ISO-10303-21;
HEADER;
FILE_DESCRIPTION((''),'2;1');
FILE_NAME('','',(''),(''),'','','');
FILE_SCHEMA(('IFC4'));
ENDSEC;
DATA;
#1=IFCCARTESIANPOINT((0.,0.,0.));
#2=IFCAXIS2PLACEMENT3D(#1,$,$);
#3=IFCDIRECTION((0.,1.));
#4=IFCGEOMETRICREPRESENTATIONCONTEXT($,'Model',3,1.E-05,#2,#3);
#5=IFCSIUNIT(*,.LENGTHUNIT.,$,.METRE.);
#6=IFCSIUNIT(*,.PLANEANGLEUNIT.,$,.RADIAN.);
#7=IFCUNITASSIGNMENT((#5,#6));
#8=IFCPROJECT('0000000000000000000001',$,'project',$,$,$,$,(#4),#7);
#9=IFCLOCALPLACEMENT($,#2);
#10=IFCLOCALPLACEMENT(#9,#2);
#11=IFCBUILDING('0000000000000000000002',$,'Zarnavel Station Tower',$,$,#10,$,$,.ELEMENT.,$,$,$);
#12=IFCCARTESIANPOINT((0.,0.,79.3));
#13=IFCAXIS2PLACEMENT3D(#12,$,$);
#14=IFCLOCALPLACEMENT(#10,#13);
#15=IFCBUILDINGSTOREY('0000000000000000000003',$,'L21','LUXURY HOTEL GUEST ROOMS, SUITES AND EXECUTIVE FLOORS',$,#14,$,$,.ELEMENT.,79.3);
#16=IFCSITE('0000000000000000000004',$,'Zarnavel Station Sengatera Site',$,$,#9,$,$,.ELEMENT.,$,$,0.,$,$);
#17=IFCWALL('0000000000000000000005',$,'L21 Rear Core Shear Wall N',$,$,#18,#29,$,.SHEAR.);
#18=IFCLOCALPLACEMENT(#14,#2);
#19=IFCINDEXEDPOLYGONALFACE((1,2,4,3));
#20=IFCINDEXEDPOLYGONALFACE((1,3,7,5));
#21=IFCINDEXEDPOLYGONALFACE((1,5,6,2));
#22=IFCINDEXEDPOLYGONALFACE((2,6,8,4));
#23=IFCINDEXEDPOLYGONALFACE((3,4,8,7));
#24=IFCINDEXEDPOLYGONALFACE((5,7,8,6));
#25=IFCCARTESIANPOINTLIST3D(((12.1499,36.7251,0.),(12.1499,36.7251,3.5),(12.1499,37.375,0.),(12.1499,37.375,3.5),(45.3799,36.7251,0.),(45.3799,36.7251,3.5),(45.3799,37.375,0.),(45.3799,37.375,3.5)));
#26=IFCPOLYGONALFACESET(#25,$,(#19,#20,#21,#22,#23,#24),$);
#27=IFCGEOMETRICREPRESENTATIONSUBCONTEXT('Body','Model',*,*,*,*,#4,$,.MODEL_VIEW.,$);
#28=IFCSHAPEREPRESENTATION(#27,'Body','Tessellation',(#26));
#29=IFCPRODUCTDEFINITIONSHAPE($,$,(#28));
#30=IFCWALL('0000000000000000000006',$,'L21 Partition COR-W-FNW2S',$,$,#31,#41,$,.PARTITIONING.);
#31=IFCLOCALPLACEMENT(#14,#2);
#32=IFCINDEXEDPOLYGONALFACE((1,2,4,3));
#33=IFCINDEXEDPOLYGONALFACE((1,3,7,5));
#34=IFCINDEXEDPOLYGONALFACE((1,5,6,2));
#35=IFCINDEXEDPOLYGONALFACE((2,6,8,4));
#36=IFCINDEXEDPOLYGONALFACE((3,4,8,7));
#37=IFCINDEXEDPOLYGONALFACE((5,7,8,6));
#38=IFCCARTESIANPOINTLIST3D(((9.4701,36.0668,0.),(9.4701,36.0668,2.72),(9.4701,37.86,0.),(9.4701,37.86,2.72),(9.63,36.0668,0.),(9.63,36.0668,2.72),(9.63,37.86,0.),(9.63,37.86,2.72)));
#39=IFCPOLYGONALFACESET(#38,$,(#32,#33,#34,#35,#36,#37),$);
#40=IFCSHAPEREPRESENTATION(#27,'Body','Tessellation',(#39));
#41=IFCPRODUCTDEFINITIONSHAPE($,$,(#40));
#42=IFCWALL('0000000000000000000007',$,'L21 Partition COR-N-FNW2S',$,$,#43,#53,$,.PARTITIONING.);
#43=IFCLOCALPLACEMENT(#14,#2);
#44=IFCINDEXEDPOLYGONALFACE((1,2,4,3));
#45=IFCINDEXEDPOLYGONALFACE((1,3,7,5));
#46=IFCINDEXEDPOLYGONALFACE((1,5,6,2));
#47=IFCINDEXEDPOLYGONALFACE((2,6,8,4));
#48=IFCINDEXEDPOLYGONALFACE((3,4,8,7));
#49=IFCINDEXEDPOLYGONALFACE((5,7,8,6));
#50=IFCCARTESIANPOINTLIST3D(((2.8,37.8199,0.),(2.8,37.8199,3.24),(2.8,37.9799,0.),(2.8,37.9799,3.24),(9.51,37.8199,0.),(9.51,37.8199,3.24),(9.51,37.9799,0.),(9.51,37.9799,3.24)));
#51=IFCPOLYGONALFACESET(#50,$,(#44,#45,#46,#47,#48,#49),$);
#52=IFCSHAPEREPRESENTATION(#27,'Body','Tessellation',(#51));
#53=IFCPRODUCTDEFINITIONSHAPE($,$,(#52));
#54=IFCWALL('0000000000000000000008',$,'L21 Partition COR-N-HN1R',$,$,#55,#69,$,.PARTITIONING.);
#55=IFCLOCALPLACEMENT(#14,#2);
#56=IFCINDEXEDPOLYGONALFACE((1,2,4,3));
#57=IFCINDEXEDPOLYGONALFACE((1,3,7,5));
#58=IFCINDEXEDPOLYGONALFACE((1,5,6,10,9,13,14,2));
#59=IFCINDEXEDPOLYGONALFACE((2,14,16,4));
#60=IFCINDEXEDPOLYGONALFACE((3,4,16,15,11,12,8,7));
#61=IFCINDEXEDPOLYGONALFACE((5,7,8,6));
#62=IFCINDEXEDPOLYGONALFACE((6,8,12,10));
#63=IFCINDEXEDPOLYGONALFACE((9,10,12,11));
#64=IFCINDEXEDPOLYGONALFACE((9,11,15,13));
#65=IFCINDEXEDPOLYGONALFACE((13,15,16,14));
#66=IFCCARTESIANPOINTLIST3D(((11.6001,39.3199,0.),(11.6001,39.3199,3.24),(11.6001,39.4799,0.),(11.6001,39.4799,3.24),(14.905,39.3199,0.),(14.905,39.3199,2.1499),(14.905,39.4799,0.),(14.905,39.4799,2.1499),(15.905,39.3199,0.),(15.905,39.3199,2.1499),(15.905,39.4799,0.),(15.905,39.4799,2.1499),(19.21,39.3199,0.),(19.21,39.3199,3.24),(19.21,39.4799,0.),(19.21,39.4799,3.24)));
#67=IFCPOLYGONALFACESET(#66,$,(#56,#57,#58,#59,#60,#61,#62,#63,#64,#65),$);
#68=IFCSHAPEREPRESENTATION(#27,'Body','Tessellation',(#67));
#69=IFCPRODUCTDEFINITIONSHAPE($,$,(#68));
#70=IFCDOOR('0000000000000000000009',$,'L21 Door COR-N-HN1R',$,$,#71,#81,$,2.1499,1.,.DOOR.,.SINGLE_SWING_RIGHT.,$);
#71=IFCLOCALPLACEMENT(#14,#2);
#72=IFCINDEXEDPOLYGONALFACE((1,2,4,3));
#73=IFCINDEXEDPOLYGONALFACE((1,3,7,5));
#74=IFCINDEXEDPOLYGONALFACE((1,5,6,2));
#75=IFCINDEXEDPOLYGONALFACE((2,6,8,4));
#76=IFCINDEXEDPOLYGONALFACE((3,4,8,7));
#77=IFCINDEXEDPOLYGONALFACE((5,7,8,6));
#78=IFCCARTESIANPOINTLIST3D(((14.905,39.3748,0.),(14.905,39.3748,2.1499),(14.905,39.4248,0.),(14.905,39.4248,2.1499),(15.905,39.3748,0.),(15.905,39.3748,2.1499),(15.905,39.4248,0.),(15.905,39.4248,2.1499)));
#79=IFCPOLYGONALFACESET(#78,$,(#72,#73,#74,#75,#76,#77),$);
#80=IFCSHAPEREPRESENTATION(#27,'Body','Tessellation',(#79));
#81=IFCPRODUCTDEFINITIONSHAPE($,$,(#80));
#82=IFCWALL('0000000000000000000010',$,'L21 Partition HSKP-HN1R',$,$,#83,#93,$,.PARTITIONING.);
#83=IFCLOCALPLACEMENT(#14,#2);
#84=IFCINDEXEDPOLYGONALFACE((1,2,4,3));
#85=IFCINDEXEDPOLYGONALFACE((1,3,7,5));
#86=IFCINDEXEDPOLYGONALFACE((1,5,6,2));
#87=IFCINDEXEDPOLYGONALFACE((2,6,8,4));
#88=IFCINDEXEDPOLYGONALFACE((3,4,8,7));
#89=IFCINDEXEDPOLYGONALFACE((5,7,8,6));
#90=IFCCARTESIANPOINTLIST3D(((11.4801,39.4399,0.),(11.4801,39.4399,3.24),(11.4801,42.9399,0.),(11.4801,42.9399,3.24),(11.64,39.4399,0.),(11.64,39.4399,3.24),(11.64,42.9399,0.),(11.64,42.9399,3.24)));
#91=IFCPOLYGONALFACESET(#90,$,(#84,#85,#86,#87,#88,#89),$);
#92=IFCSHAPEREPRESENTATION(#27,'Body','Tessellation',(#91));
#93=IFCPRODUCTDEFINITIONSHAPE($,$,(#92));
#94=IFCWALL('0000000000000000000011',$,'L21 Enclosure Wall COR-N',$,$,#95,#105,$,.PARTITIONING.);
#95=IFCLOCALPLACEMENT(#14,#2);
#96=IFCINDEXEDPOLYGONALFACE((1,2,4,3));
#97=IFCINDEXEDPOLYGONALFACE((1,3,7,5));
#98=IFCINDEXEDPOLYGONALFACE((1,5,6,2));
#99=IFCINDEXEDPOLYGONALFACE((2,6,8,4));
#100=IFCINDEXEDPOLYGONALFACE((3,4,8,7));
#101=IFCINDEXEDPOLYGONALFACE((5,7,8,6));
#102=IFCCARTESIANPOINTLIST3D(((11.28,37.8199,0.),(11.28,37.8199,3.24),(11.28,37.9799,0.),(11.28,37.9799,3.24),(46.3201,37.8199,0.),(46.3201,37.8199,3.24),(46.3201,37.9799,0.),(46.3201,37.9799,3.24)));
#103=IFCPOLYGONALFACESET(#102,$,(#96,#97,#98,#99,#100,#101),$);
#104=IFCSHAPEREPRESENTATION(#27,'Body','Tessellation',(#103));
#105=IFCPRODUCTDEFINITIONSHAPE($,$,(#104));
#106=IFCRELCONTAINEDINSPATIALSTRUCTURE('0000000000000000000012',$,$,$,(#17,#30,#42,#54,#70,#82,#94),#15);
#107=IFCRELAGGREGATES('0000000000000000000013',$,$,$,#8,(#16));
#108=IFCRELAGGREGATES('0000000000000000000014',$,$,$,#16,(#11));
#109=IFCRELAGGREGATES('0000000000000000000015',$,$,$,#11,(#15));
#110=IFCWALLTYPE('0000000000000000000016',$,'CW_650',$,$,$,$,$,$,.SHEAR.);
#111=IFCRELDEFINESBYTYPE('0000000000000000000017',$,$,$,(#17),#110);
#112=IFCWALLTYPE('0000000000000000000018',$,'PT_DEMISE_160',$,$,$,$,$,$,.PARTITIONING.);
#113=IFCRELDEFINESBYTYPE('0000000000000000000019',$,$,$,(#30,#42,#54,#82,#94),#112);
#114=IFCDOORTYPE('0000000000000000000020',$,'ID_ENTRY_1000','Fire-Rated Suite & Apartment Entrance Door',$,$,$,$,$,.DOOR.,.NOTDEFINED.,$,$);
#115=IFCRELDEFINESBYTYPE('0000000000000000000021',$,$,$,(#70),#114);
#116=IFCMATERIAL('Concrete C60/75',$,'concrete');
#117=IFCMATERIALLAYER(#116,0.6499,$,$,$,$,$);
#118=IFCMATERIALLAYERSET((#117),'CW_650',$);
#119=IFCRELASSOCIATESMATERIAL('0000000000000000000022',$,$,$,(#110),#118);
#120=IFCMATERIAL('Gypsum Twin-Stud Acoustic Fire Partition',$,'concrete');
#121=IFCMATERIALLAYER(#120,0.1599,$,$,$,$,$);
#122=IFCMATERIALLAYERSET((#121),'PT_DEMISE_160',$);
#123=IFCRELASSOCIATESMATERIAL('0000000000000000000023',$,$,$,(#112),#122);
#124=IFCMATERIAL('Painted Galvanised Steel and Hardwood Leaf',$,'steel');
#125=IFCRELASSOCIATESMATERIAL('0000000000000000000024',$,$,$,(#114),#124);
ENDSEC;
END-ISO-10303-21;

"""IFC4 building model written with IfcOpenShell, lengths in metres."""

from ifc_helpers import new_model, si_unit, direction, frame, frame_2d, origin, place, context, subcontext, project, spatial, rectangle, extrude, material, layer, layer_set, type_object, element, fill, save


model = new_model("IFC4")

# Units and contexts
model_context = context("Model", 3, precision=1e-05, world=origin(), true_north=direction((0.0, 1.0)))
body_context = subcontext(model_context, "Body", "Model", "MODEL_VIEW")
ifc_project = project(units=[si_unit("LENGTHUNIT", "METRE"), si_unit("PLANEANGLEUNIT", "RADIAN")], contexts=[model_context])

# Site, building, storey
site_placement = place(None, origin())
site = spatial("IfcSite", under=ifc_project, at=site_placement, Name="Zarnavel Station Sengatera Site", CompositionType="ELEMENT", RefElevation=0.0)
building_placement = place(site_placement, origin())
building = spatial("IfcBuilding", under=site, at=building_placement, Name="Zarnavel Station Tower", CompositionType="ELEMENT")
storey_placement = place(building_placement, frame((0.0, 0.0, 79.3)))
storey = spatial("IfcBuildingStorey", under=building, at=storey_placement, Name="L21", Description="LUXURY HOTEL GUEST ROOMS, SUITES AND EXECUTIVE FLOORS", CompositionType="ELEMENT", Elevation=79.3)

# Wall
ifc_material_1 = material(Name="Concrete C60/75", Category="concrete")
ifc_layer_1 = layer(ifc_material_1, 0.6499)
ifc_layer_set_1 = layer_set([ifc_layer_1], Name="CW_650")
wall_type_1 = type_object("IfcWallType", Name="CW_650", PredefinedType="SHEAR", material=ifc_layer_set_1)
wall_1_placement = place(storey_placement, frame((12.1499, 37.05, 0.0), z_axis=(0.0, 0.0, 1.0), x_axis=(1.0, 0.0, 0.0)))
element("IfcWall", 1, at=wall_1_placement, inside=storey, type_object=wall_type_1, Name="L21 Rear Core Shear Wall N", PredefinedType="SHEAR", context=body_context, shape_type="SweptSolid", body=[
    extrude(rectangle(XDim=33.23, YDim=0.6499, at=frame_2d((16.615, 0.0))), origin(), (0.0, 0.0, 1.0), 3.5),
])

# Walls
ifc_material_2 = material(Name="Gypsum Twin-Stud Acoustic Fire Partition", Category="concrete")
ifc_layer_2 = layer(ifc_material_2, 0.1599)
ifc_layer_set_2 = layer_set([ifc_layer_2], Name="PT_DEMISE_160")
wall_type_2 = type_object("IfcWallType", Name="PT_DEMISE_160", PredefinedType="PARTITIONING", material=ifc_layer_set_2)
wall_2_placement = place(storey_placement, frame((9.55, 36.0669, 0.0), z_axis=(0.0, 0.0, 1.0), x_axis=(0.0, 1.0, 0.0)))
element("IfcWall", 2, at=wall_2_placement, inside=storey, type_object=wall_type_2, Name="L21 Partition COR-W-FNW2S", PredefinedType="PARTITIONING", context=body_context, shape_type="SweptSolid", body=[
    extrude(rectangle(XDim=1.7932, YDim=0.1599, at=frame_2d((0.8965, 0.0))), origin(), (0.0, 0.0, 1.0), 2.72),
])
wall_3_placement = place(storey_placement, frame((2.8, 37.8999, 0.0), z_axis=(0.0, 0.0, 1.0), x_axis=(1.0, 0.0, 0.0)))
element("IfcWall", 3, at=wall_3_placement, inside=storey, type_object=wall_type_2, Name="L21 Partition COR-N-FNW2S", PredefinedType="PARTITIONING", context=body_context, shape_type="SweptSolid", body=[
    extrude(rectangle(XDim=6.71, YDim=0.1599, at=frame_2d((3.355, 0.0))), origin(), (0.0, 0.0, 1.0), 3.24),
])

# Wall, opening, door
wall_4_placement = place(storey_placement, frame((11.6001, 39.3999, 0.0), z_axis=(0.0, 0.0, 1.0), x_axis=(1.0, 0.0, 0.0)))
wall_4 = element("IfcWall", 4, at=wall_4_placement, inside=storey, type_object=wall_type_2, Name="L21 Partition COR-N-HN1R", PredefinedType="PARTITIONING", context=body_context, shape_type="SweptSolid", body=[
    extrude(rectangle(XDim=7.6099, YDim=0.1599, at=frame_2d((3.8049, 0.0))), origin(), (0.0, 0.0, 1.0), 3.24),
])
opening_1_placement = place(wall_4_placement, frame((3.3049, 0.0, 0.0)))
opening_1 = element("IfcOpeningElement", 5, at=opening_1_placement, cuts=wall_4, PredefinedType="OPENING", context=body_context, shape_type="SweptSolid", body=[
    extrude(rectangle(XDim=1.0, YDim=2.1499, at=frame_2d((0.5, 1.075))), frame((0.0, 0.0898, 0.0), z_axis=(0.0, -1.0, 0.0), x_axis=(1.0, 0.0, 0.0)), (0.0, 0.0, 1.0), 0.1799),
])
ifc_material_3 = material(Name="Painted Galvanised Steel and Hardwood Leaf", Category="steel")
door_type = type_object("IfcDoorType", Name="ID_ENTRY_1000", Description="Fire-Rated Suite & Apartment Entrance Door", OperationType="NOTDEFINED", PredefinedType="DOOR", material=ifc_material_3)
door_placement = place(opening_1_placement, origin())
door = element("IfcDoor", 6, at=door_placement, inside=storey, type_object=door_type, Name="L21 Door COR-N-HN1R", OperationType="SINGLE_SWING_RIGHT", OverallHeight=2.1499, OverallWidth=1.0, PredefinedType="DOOR", context=body_context, shape_type="SweptSolid", body=[
    extrude(rectangle(XDim=1.0, YDim=2.1499, at=frame_2d((0.5, 1.075))), frame((0.0, 0.0249, 0.0), z_axis=(0.0, -1.0, 0.0), x_axis=(1.0, 0.0, 0.0)), (0.0, 0.0, 1.0), 0.05),
])
fill(opening_1, door)

# Walls
wall_5_placement = place(storey_placement, frame((11.5601, 39.4399, 0.0), z_axis=(0.0, 0.0, 1.0), x_axis=(0.0, 1.0, 0.0)))
element("IfcWall", 7, at=wall_5_placement, inside=storey, type_object=wall_type_2, Name="L21 Partition HSKP-HN1R", PredefinedType="PARTITIONING", context=body_context, shape_type="SweptSolid", body=[
    extrude(rectangle(XDim=3.5, YDim=0.1599, at=frame_2d((1.75, 0.0))), origin(), (0.0, 0.0, 1.0), 3.24),
])
wall_6_placement = place(storey_placement, frame((11.28, 37.8999, 0.0), z_axis=(0.0, 0.0, 1.0), x_axis=(1.0, 0.0, 0.0)))
element("IfcWall", 8, at=wall_6_placement, inside=storey, type_object=wall_type_2, Name="L21 Enclosure Wall COR-N", PredefinedType="PARTITIONING", context=body_context, shape_type="SweptSolid", body=[
    extrude(rectangle(XDim=35.04, YDim=0.1599, at=frame_2d((17.52, 0.0))), origin(), (0.0, 0.0, 1.0), 3.24),
])

save(model, "model.ifc")
